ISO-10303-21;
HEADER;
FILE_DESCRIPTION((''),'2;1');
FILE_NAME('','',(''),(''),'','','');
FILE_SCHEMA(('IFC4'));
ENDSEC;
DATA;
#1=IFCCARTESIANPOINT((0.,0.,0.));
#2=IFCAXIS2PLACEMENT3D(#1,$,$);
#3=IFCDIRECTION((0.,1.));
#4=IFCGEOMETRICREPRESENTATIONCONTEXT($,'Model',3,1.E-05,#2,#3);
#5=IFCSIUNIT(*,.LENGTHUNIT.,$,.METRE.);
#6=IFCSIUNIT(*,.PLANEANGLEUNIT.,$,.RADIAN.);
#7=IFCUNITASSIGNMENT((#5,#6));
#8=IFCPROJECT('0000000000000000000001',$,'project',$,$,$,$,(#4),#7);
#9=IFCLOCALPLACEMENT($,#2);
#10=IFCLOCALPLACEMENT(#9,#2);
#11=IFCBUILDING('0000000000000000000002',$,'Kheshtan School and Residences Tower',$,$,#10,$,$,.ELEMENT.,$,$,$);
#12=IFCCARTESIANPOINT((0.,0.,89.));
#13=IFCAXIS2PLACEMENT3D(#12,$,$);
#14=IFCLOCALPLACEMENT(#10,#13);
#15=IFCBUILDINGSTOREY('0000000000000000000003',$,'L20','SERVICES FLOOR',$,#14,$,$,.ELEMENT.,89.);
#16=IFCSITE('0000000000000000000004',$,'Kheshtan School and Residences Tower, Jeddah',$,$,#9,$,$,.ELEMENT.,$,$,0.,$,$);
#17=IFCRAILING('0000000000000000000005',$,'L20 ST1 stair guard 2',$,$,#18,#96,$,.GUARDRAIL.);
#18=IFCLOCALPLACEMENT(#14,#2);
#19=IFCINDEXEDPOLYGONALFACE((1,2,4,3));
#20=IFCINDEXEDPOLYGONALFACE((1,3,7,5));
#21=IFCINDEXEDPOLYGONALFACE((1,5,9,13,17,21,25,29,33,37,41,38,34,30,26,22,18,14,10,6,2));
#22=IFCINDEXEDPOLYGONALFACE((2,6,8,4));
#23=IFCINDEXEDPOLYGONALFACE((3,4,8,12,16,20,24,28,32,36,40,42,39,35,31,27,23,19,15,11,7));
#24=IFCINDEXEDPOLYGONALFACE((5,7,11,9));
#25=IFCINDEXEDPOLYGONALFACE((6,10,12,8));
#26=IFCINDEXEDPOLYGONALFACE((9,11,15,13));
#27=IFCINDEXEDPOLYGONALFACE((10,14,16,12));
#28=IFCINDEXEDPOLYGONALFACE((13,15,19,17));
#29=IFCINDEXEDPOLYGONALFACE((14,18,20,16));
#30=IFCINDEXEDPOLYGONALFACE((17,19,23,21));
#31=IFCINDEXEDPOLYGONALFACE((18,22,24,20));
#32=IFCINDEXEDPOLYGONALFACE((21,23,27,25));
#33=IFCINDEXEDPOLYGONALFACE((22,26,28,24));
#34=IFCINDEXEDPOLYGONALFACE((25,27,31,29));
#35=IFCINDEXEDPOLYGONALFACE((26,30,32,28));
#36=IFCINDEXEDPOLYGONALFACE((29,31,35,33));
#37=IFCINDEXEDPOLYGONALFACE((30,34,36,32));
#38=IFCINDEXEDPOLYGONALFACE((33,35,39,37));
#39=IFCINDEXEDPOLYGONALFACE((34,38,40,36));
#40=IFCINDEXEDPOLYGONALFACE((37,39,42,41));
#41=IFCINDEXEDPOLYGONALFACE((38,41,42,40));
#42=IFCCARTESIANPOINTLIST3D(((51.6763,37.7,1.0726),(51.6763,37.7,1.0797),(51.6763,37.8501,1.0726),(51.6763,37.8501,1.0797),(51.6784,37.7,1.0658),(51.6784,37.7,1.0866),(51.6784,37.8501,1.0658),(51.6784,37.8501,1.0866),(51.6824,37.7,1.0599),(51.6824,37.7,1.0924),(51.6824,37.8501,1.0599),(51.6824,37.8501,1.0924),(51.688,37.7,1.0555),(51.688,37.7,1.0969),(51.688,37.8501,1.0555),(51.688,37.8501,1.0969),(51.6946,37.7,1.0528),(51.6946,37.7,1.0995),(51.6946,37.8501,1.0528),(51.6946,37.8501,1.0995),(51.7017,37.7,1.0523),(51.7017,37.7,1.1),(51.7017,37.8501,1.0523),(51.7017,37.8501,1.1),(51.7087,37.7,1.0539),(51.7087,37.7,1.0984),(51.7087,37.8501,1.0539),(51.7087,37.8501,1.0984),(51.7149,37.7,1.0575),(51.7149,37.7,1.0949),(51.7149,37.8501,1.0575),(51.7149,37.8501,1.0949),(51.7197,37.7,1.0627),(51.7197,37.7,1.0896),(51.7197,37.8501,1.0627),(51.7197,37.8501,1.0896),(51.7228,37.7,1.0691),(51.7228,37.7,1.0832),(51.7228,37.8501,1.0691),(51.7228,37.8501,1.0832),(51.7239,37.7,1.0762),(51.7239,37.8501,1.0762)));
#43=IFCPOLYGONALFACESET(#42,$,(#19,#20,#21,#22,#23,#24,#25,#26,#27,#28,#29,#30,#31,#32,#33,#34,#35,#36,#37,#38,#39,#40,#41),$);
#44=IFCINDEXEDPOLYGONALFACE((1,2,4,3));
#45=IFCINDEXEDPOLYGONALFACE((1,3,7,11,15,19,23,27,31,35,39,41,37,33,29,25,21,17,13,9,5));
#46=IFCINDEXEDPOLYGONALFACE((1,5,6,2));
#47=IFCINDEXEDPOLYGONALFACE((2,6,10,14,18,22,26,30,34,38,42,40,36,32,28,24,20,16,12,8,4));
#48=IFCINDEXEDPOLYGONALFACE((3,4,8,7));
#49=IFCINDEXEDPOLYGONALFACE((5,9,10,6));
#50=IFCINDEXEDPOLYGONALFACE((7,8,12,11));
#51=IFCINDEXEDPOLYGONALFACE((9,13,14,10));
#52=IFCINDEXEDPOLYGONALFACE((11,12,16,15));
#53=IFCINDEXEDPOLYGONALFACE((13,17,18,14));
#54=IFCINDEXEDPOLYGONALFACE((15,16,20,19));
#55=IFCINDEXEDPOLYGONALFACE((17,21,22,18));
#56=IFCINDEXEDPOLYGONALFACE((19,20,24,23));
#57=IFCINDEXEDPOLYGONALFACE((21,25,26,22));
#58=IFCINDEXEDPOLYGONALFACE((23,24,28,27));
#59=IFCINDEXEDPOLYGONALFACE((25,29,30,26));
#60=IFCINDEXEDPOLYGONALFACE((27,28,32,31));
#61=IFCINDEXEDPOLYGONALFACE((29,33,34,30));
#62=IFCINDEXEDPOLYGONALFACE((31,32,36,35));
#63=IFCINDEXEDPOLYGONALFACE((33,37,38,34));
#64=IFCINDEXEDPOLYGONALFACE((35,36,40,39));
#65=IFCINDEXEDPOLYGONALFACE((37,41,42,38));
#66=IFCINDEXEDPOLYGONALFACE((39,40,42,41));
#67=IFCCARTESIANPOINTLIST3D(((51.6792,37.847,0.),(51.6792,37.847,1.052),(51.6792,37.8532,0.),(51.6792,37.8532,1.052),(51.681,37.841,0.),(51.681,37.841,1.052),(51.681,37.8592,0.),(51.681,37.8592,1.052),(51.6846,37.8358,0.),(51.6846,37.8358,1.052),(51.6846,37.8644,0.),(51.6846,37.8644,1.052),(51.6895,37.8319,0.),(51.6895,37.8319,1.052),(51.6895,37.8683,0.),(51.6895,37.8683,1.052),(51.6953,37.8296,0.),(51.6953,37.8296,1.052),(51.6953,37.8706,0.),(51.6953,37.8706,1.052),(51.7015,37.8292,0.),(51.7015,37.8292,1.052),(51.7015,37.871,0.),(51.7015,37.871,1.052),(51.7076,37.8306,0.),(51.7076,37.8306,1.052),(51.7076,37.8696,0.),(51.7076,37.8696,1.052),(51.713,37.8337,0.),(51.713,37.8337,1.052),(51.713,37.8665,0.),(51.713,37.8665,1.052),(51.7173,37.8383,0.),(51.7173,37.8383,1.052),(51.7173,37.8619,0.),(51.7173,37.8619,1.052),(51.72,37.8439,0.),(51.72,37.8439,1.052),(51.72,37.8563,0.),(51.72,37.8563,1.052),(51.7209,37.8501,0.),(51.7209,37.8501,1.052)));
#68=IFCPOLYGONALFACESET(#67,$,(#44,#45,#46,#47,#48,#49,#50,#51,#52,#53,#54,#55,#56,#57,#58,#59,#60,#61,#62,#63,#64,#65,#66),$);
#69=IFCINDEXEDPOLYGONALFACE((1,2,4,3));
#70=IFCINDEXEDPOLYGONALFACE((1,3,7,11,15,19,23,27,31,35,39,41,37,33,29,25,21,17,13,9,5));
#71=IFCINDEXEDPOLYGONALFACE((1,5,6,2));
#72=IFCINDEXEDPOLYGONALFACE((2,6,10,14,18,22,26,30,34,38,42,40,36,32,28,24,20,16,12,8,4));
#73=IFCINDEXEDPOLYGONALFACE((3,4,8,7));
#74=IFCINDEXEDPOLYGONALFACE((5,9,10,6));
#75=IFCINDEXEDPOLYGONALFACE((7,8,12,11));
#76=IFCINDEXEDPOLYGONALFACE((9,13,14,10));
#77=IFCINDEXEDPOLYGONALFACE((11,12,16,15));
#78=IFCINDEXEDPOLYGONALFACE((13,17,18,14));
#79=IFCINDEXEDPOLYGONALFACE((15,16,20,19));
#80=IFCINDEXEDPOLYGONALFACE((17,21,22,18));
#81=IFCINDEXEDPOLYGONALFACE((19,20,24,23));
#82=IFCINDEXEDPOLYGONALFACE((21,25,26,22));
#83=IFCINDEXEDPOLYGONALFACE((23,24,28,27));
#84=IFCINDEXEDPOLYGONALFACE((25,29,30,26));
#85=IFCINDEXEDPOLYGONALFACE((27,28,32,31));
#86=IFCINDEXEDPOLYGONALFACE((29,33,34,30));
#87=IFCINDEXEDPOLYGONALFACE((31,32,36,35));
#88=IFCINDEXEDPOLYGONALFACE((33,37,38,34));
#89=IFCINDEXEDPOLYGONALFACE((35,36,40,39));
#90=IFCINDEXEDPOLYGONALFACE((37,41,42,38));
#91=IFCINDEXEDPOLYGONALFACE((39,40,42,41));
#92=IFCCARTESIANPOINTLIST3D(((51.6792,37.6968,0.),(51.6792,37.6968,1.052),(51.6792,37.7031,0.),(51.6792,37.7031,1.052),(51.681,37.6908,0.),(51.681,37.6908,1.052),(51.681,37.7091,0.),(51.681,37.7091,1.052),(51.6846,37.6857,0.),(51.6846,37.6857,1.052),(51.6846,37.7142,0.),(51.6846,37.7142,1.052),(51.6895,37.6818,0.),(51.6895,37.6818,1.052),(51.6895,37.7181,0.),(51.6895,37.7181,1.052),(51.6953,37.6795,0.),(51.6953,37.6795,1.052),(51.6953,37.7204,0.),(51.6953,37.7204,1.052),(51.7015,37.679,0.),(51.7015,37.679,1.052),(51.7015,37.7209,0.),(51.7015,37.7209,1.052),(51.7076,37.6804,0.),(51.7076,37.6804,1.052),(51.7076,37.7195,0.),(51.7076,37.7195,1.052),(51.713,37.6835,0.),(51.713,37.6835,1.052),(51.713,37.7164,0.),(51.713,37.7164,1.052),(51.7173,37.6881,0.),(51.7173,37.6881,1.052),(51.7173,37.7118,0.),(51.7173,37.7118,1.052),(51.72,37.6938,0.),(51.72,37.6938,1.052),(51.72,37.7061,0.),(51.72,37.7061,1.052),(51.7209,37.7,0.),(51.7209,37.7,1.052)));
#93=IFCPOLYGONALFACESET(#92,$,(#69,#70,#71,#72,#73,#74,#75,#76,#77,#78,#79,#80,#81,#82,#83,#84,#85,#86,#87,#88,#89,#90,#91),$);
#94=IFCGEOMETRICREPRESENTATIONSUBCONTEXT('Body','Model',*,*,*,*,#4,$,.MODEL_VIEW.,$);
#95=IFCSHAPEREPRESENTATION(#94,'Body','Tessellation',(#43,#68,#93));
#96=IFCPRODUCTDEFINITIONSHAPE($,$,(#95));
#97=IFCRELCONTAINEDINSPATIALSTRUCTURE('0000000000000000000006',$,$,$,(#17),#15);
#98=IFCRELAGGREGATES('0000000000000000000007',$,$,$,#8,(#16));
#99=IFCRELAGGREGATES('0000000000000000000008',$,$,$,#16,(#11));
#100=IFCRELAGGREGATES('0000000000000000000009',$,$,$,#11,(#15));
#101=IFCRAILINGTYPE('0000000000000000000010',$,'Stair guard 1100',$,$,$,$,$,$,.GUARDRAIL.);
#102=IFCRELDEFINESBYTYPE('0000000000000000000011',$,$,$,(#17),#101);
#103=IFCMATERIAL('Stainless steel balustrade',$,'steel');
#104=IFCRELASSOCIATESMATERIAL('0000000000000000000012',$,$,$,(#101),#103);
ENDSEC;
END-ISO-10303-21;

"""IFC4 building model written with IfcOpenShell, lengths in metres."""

from ifc_helpers import new_model, si_unit, direction, frame, origin, origin_2d, place, context, subcontext, project, spatial, circle, extrude, material, type_object, element, save


model = new_model("IFC4")

# Units and contexts
model_context = context("Model", 3, precision=1e-05, world=origin(), true_north=direction((0.0, 1.0)))
body_context = subcontext(model_context, "Body", "Model", "MODEL_VIEW")
ifc_project = project(units=[si_unit("LENGTHUNIT", "METRE"), si_unit("PLANEANGLEUNIT", "RADIAN")], contexts=[model_context])

# Site, building, storey
site_placement = place(None, origin())
site = spatial("IfcSite", under=ifc_project, at=site_placement, Name="Kheshtan School and Residences Tower, Jeddah", CompositionType="ELEMENT", RefElevation=0.0)
building_placement = place(site_placement, origin())
building = spatial("IfcBuilding", under=site, at=building_placement, Name="Kheshtan School and Residences Tower", CompositionType="ELEMENT")
storey_placement = place(building_placement, frame((0.0, 0.0, 89.0)))
storey = spatial("IfcBuildingStorey", under=building, at=storey_placement, Name="L20", Description="SERVICES FLOOR", CompositionType="ELEMENT", Elevation=89.0)

# Railing
ifc_material_1 = material(Name="Stainless steel balustrade", Category="steel")
railing_type_1 = type_object("IfcRailingType", Name="Stair guard 1100", PredefinedType="GUARDRAIL", material=ifc_material_1)
railing_1_placement = place(storey_placement, frame((51.7, 37.8501, 0.0)))
element("IfcRailing", 1, at=railing_1_placement, inside=storey, type_object=railing_type_1, Name="L20 ST1 stair guard 2", PredefinedType="GUARDRAIL", context=body_context, shape_type="SweptSolid", body=[
    extrude(circle(Radius=0.0239, at=origin_2d()), frame((0.0, 0.0, 1.0762), z_axis=(0.0, -1.0, 0.0), x_axis=(1.0, 0.0, 0.0)), (0.0, 0.0, 1.0), 0.1501),
    extrude(circle(Radius=0.021, at=origin_2d()), origin(), (0.0, 0.0, 1.0), 1.052),
    extrude(circle(Radius=0.021, at=origin_2d()), frame((0.0, -0.1501, 0.0)), (0.0, 0.0, 1.0), 1.052),
])

save(model, "model.ifc")
